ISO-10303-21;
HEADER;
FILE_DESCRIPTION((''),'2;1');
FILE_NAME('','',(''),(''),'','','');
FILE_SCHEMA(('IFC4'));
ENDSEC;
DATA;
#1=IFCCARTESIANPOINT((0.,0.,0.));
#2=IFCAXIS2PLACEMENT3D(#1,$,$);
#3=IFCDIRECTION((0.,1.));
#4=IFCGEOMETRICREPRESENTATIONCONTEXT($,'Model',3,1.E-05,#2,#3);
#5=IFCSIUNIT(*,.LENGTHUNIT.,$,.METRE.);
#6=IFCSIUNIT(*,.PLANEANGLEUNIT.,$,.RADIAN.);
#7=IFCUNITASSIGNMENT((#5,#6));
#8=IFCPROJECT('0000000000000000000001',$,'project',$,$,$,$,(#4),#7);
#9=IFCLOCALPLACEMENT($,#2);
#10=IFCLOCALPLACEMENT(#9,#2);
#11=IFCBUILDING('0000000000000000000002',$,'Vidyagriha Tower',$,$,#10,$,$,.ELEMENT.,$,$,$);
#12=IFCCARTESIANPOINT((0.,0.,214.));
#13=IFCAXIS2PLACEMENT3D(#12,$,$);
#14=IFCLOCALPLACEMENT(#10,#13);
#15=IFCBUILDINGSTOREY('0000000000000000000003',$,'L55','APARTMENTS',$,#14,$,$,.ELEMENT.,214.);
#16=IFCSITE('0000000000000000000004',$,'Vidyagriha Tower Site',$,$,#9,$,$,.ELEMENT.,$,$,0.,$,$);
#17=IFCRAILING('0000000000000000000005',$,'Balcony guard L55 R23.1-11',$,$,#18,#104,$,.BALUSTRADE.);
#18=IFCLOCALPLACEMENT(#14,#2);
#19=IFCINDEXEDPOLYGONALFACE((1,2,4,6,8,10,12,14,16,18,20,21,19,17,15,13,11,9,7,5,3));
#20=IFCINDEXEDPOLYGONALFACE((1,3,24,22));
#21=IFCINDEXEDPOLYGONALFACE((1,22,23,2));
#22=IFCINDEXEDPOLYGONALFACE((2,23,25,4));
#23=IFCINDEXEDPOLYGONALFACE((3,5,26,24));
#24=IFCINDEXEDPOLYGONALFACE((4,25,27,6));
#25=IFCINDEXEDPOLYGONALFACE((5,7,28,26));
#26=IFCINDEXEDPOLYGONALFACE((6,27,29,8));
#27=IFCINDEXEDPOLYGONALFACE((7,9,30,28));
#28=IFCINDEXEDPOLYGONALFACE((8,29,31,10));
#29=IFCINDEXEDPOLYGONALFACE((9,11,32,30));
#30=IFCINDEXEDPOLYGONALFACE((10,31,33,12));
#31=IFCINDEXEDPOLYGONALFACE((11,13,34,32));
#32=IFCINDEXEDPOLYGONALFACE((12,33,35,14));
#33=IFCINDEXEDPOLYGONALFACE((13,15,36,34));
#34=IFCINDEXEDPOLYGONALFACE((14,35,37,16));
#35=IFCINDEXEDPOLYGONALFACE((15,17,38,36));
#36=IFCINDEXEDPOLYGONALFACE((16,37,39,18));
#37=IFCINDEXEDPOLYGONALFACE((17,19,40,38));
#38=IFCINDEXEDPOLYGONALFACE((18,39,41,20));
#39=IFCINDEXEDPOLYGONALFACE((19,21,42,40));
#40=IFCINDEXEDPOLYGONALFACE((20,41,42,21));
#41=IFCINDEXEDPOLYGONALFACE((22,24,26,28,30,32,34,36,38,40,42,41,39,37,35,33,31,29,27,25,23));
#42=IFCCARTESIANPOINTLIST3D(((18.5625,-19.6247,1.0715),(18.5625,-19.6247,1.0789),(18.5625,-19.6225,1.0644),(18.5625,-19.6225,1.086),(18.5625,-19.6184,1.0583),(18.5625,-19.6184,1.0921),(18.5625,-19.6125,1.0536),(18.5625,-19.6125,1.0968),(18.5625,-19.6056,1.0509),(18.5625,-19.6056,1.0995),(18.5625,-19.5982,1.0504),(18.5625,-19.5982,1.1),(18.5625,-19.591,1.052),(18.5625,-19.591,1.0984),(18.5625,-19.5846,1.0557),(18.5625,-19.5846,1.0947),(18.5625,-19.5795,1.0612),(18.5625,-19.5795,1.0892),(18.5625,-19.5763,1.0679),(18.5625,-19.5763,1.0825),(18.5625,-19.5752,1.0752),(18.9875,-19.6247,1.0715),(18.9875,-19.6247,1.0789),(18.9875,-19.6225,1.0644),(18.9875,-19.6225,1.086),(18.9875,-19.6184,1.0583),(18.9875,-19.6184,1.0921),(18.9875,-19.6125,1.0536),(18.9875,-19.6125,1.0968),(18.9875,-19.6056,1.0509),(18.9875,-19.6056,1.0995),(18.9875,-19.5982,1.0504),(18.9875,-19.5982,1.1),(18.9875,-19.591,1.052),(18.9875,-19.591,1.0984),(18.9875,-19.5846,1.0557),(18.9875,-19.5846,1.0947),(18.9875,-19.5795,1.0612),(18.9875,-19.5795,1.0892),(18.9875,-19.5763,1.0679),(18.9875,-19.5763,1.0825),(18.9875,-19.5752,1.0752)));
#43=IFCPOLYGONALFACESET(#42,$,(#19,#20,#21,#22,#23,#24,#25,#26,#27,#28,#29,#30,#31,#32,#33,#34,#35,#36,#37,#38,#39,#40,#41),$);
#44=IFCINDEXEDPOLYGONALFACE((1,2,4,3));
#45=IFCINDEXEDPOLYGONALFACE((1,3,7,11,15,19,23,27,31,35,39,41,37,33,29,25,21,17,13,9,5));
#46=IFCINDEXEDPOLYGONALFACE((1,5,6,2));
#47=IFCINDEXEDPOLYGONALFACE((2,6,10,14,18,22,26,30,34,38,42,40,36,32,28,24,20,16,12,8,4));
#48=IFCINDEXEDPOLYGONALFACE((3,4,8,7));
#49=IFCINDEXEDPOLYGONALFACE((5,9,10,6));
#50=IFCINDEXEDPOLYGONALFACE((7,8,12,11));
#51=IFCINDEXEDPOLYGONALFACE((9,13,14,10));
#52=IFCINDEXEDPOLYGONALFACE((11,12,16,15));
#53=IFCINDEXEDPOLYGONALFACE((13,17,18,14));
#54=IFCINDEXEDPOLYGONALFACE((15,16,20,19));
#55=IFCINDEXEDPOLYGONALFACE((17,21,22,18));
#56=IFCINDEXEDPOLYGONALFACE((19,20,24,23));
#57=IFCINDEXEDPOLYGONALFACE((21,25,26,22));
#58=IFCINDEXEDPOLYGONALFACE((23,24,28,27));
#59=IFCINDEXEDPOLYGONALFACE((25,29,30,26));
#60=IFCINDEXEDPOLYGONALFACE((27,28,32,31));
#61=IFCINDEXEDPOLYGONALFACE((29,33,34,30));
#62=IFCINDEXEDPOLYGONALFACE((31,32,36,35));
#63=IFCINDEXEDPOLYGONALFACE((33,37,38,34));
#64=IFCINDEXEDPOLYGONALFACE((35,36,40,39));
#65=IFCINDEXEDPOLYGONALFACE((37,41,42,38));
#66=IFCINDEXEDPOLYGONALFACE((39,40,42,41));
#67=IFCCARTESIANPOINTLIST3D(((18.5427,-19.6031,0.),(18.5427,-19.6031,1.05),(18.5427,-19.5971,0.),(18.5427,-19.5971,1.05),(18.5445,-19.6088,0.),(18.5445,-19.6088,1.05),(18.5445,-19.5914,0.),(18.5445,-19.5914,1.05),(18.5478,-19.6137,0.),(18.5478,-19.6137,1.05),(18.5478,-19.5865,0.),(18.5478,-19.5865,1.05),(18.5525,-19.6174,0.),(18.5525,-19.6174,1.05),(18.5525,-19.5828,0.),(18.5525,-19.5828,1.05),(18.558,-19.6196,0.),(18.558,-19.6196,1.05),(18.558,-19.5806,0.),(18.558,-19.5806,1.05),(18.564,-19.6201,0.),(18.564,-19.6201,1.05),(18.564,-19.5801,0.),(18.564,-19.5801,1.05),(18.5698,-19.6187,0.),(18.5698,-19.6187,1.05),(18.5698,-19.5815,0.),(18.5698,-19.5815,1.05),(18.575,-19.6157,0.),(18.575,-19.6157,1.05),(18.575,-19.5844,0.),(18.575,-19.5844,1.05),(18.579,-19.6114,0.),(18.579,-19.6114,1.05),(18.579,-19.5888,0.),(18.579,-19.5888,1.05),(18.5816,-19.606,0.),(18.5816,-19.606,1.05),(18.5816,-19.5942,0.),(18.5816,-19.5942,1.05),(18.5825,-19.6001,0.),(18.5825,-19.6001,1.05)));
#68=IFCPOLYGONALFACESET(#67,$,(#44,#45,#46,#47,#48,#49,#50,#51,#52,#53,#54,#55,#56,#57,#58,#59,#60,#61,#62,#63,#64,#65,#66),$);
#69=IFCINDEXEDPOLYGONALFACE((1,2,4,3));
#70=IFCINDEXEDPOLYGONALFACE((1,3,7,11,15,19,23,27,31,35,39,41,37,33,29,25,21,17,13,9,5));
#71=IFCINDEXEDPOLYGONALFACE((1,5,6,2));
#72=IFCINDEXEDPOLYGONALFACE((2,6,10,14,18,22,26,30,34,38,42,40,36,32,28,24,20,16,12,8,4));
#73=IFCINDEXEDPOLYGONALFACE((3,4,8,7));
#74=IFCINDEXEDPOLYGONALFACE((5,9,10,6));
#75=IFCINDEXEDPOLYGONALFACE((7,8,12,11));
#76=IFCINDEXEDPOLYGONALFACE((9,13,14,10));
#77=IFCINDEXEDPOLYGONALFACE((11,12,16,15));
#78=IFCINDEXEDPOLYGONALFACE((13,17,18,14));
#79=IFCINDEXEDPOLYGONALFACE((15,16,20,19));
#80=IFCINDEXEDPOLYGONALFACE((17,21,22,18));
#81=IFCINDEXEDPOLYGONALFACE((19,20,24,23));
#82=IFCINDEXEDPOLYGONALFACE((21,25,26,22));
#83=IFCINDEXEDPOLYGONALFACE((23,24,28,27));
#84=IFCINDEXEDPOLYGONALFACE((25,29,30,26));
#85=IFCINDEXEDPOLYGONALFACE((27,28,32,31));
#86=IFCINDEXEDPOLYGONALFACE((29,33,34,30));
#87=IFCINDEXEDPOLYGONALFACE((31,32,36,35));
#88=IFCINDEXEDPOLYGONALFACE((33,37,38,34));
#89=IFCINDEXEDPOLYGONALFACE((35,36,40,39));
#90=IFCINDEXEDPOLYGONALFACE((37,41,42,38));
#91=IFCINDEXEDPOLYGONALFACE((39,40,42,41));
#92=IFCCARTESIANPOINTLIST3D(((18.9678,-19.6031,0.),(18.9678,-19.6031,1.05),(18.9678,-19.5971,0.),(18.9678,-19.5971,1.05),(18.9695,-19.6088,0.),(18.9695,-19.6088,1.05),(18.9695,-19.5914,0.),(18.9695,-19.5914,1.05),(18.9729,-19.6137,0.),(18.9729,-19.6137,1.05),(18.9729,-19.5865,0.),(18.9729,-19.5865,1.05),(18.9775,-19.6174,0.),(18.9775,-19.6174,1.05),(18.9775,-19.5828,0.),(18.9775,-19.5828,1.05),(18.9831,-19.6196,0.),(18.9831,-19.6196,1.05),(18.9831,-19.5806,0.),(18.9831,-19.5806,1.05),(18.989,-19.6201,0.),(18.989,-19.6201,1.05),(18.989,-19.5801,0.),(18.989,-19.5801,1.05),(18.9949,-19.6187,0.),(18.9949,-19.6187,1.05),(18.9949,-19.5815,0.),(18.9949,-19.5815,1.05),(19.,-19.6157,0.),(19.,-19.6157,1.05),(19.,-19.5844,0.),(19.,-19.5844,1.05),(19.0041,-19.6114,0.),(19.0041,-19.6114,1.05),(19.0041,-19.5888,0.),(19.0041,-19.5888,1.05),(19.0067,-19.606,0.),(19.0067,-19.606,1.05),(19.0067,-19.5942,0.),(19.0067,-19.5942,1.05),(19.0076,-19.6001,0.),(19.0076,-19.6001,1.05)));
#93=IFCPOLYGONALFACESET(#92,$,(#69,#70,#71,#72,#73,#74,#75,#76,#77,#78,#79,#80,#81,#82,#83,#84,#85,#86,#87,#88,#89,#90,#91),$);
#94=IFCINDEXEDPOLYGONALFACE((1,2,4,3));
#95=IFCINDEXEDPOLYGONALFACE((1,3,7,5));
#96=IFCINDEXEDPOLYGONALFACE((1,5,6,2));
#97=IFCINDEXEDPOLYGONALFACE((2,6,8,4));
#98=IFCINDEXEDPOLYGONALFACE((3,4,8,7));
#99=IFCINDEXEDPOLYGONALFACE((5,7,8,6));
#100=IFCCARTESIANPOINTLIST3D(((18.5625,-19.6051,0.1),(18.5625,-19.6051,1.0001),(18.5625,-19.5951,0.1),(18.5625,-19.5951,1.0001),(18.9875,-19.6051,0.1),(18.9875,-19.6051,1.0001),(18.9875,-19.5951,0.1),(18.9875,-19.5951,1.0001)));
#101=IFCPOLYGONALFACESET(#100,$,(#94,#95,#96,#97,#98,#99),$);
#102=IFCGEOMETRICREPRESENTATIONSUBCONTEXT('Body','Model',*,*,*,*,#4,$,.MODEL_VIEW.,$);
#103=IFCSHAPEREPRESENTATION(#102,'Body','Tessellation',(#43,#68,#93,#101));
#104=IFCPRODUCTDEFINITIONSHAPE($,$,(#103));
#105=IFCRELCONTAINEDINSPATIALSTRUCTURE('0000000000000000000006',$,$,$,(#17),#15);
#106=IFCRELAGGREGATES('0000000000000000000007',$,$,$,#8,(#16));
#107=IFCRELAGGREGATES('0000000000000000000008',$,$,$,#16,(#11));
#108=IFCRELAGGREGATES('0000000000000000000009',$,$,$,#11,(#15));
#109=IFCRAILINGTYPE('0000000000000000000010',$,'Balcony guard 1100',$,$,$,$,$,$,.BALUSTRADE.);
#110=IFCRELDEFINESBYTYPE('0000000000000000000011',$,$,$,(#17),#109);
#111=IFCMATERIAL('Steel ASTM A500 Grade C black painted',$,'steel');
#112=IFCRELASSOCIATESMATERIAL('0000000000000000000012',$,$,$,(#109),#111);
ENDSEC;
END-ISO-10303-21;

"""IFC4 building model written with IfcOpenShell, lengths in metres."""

from ifc_helpers import new_model, si_unit, direction, frame, origin, origin_2d, place, context, subcontext, project, spatial, rectangle, circle, extrude, material, type_object, element, save


model = new_model("IFC4")

# Units and contexts
model_context = context("Model", 3, precision=1e-05, world=origin(), true_north=direction((0.0, 1.0)))
body_context = subcontext(model_context, "Body", "Model", "MODEL_VIEW")
ifc_project = project(units=[si_unit("LENGTHUNIT", "METRE"), si_unit("PLANEANGLEUNIT", "RADIAN")], contexts=[model_context])

# Site, building, storey
site_placement = place(None, origin())
site = spatial("IfcSite", under=ifc_project, at=site_placement, Name="Vidyagriha Tower Site", CompositionType="ELEMENT", RefElevation=0.0)
building_placement = place(site_placement, origin())
building = spatial("IfcBuilding", under=site, at=building_placement, Name="Vidyagriha Tower", CompositionType="ELEMENT")
storey_placement = place(building_placement, frame((0.0, 0.0, 214.0)))
storey = spatial("IfcBuildingStorey", under=building, at=storey_placement, Name="L55", Description="APARTMENTS", CompositionType="ELEMENT", Elevation=214.0)

# Railing
ifc_material_1 = material(Name="Steel ASTM A500 Grade C black painted", Category="steel")
railing_type_1 = type_object("IfcRailingType", Name="Balcony guard 1100", PredefinedType="BALUSTRADE", material=ifc_material_1)
railing_1_placement = place(storey_placement, frame((18.5625, -19.6001, 0.0)))
element("IfcRailing", 1, at=railing_1_placement, inside=storey, type_object=railing_type_1, Name="Balcony guard L55 R23.1-11", PredefinedType="BALUSTRADE", context=body_context, shape_type="SweptSolid", body=[
    extrude(circle(Radius=0.0249, at=origin_2d()), frame((0.0, 0.0, 1.0752), z_axis=(1.0, 0.0, 0.0), x_axis=(0.0, 1.0, 0.0)), (0.0, 0.0, 1.0), 0.425),
    extrude(circle(Radius=0.02, at=origin_2d()), origin(), (0.0, 0.0, 1.0), 1.05),
    extrude(circle(Radius=0.02, at=origin_2d()), frame((0.425, 0.0, 0.0)), (0.0, 0.0, 1.0), 1.05),
    extrude(rectangle(XDim=0.01, YDim=0.9001, at=origin_2d()), frame((0.0, 0.0, 0.55), z_axis=(1.0, 0.0, 0.0), x_axis=(0.0, 1.0, 0.0)), (0.0, 0.0, 1.0), 0.425),
])

save(model, "model.ifc")
